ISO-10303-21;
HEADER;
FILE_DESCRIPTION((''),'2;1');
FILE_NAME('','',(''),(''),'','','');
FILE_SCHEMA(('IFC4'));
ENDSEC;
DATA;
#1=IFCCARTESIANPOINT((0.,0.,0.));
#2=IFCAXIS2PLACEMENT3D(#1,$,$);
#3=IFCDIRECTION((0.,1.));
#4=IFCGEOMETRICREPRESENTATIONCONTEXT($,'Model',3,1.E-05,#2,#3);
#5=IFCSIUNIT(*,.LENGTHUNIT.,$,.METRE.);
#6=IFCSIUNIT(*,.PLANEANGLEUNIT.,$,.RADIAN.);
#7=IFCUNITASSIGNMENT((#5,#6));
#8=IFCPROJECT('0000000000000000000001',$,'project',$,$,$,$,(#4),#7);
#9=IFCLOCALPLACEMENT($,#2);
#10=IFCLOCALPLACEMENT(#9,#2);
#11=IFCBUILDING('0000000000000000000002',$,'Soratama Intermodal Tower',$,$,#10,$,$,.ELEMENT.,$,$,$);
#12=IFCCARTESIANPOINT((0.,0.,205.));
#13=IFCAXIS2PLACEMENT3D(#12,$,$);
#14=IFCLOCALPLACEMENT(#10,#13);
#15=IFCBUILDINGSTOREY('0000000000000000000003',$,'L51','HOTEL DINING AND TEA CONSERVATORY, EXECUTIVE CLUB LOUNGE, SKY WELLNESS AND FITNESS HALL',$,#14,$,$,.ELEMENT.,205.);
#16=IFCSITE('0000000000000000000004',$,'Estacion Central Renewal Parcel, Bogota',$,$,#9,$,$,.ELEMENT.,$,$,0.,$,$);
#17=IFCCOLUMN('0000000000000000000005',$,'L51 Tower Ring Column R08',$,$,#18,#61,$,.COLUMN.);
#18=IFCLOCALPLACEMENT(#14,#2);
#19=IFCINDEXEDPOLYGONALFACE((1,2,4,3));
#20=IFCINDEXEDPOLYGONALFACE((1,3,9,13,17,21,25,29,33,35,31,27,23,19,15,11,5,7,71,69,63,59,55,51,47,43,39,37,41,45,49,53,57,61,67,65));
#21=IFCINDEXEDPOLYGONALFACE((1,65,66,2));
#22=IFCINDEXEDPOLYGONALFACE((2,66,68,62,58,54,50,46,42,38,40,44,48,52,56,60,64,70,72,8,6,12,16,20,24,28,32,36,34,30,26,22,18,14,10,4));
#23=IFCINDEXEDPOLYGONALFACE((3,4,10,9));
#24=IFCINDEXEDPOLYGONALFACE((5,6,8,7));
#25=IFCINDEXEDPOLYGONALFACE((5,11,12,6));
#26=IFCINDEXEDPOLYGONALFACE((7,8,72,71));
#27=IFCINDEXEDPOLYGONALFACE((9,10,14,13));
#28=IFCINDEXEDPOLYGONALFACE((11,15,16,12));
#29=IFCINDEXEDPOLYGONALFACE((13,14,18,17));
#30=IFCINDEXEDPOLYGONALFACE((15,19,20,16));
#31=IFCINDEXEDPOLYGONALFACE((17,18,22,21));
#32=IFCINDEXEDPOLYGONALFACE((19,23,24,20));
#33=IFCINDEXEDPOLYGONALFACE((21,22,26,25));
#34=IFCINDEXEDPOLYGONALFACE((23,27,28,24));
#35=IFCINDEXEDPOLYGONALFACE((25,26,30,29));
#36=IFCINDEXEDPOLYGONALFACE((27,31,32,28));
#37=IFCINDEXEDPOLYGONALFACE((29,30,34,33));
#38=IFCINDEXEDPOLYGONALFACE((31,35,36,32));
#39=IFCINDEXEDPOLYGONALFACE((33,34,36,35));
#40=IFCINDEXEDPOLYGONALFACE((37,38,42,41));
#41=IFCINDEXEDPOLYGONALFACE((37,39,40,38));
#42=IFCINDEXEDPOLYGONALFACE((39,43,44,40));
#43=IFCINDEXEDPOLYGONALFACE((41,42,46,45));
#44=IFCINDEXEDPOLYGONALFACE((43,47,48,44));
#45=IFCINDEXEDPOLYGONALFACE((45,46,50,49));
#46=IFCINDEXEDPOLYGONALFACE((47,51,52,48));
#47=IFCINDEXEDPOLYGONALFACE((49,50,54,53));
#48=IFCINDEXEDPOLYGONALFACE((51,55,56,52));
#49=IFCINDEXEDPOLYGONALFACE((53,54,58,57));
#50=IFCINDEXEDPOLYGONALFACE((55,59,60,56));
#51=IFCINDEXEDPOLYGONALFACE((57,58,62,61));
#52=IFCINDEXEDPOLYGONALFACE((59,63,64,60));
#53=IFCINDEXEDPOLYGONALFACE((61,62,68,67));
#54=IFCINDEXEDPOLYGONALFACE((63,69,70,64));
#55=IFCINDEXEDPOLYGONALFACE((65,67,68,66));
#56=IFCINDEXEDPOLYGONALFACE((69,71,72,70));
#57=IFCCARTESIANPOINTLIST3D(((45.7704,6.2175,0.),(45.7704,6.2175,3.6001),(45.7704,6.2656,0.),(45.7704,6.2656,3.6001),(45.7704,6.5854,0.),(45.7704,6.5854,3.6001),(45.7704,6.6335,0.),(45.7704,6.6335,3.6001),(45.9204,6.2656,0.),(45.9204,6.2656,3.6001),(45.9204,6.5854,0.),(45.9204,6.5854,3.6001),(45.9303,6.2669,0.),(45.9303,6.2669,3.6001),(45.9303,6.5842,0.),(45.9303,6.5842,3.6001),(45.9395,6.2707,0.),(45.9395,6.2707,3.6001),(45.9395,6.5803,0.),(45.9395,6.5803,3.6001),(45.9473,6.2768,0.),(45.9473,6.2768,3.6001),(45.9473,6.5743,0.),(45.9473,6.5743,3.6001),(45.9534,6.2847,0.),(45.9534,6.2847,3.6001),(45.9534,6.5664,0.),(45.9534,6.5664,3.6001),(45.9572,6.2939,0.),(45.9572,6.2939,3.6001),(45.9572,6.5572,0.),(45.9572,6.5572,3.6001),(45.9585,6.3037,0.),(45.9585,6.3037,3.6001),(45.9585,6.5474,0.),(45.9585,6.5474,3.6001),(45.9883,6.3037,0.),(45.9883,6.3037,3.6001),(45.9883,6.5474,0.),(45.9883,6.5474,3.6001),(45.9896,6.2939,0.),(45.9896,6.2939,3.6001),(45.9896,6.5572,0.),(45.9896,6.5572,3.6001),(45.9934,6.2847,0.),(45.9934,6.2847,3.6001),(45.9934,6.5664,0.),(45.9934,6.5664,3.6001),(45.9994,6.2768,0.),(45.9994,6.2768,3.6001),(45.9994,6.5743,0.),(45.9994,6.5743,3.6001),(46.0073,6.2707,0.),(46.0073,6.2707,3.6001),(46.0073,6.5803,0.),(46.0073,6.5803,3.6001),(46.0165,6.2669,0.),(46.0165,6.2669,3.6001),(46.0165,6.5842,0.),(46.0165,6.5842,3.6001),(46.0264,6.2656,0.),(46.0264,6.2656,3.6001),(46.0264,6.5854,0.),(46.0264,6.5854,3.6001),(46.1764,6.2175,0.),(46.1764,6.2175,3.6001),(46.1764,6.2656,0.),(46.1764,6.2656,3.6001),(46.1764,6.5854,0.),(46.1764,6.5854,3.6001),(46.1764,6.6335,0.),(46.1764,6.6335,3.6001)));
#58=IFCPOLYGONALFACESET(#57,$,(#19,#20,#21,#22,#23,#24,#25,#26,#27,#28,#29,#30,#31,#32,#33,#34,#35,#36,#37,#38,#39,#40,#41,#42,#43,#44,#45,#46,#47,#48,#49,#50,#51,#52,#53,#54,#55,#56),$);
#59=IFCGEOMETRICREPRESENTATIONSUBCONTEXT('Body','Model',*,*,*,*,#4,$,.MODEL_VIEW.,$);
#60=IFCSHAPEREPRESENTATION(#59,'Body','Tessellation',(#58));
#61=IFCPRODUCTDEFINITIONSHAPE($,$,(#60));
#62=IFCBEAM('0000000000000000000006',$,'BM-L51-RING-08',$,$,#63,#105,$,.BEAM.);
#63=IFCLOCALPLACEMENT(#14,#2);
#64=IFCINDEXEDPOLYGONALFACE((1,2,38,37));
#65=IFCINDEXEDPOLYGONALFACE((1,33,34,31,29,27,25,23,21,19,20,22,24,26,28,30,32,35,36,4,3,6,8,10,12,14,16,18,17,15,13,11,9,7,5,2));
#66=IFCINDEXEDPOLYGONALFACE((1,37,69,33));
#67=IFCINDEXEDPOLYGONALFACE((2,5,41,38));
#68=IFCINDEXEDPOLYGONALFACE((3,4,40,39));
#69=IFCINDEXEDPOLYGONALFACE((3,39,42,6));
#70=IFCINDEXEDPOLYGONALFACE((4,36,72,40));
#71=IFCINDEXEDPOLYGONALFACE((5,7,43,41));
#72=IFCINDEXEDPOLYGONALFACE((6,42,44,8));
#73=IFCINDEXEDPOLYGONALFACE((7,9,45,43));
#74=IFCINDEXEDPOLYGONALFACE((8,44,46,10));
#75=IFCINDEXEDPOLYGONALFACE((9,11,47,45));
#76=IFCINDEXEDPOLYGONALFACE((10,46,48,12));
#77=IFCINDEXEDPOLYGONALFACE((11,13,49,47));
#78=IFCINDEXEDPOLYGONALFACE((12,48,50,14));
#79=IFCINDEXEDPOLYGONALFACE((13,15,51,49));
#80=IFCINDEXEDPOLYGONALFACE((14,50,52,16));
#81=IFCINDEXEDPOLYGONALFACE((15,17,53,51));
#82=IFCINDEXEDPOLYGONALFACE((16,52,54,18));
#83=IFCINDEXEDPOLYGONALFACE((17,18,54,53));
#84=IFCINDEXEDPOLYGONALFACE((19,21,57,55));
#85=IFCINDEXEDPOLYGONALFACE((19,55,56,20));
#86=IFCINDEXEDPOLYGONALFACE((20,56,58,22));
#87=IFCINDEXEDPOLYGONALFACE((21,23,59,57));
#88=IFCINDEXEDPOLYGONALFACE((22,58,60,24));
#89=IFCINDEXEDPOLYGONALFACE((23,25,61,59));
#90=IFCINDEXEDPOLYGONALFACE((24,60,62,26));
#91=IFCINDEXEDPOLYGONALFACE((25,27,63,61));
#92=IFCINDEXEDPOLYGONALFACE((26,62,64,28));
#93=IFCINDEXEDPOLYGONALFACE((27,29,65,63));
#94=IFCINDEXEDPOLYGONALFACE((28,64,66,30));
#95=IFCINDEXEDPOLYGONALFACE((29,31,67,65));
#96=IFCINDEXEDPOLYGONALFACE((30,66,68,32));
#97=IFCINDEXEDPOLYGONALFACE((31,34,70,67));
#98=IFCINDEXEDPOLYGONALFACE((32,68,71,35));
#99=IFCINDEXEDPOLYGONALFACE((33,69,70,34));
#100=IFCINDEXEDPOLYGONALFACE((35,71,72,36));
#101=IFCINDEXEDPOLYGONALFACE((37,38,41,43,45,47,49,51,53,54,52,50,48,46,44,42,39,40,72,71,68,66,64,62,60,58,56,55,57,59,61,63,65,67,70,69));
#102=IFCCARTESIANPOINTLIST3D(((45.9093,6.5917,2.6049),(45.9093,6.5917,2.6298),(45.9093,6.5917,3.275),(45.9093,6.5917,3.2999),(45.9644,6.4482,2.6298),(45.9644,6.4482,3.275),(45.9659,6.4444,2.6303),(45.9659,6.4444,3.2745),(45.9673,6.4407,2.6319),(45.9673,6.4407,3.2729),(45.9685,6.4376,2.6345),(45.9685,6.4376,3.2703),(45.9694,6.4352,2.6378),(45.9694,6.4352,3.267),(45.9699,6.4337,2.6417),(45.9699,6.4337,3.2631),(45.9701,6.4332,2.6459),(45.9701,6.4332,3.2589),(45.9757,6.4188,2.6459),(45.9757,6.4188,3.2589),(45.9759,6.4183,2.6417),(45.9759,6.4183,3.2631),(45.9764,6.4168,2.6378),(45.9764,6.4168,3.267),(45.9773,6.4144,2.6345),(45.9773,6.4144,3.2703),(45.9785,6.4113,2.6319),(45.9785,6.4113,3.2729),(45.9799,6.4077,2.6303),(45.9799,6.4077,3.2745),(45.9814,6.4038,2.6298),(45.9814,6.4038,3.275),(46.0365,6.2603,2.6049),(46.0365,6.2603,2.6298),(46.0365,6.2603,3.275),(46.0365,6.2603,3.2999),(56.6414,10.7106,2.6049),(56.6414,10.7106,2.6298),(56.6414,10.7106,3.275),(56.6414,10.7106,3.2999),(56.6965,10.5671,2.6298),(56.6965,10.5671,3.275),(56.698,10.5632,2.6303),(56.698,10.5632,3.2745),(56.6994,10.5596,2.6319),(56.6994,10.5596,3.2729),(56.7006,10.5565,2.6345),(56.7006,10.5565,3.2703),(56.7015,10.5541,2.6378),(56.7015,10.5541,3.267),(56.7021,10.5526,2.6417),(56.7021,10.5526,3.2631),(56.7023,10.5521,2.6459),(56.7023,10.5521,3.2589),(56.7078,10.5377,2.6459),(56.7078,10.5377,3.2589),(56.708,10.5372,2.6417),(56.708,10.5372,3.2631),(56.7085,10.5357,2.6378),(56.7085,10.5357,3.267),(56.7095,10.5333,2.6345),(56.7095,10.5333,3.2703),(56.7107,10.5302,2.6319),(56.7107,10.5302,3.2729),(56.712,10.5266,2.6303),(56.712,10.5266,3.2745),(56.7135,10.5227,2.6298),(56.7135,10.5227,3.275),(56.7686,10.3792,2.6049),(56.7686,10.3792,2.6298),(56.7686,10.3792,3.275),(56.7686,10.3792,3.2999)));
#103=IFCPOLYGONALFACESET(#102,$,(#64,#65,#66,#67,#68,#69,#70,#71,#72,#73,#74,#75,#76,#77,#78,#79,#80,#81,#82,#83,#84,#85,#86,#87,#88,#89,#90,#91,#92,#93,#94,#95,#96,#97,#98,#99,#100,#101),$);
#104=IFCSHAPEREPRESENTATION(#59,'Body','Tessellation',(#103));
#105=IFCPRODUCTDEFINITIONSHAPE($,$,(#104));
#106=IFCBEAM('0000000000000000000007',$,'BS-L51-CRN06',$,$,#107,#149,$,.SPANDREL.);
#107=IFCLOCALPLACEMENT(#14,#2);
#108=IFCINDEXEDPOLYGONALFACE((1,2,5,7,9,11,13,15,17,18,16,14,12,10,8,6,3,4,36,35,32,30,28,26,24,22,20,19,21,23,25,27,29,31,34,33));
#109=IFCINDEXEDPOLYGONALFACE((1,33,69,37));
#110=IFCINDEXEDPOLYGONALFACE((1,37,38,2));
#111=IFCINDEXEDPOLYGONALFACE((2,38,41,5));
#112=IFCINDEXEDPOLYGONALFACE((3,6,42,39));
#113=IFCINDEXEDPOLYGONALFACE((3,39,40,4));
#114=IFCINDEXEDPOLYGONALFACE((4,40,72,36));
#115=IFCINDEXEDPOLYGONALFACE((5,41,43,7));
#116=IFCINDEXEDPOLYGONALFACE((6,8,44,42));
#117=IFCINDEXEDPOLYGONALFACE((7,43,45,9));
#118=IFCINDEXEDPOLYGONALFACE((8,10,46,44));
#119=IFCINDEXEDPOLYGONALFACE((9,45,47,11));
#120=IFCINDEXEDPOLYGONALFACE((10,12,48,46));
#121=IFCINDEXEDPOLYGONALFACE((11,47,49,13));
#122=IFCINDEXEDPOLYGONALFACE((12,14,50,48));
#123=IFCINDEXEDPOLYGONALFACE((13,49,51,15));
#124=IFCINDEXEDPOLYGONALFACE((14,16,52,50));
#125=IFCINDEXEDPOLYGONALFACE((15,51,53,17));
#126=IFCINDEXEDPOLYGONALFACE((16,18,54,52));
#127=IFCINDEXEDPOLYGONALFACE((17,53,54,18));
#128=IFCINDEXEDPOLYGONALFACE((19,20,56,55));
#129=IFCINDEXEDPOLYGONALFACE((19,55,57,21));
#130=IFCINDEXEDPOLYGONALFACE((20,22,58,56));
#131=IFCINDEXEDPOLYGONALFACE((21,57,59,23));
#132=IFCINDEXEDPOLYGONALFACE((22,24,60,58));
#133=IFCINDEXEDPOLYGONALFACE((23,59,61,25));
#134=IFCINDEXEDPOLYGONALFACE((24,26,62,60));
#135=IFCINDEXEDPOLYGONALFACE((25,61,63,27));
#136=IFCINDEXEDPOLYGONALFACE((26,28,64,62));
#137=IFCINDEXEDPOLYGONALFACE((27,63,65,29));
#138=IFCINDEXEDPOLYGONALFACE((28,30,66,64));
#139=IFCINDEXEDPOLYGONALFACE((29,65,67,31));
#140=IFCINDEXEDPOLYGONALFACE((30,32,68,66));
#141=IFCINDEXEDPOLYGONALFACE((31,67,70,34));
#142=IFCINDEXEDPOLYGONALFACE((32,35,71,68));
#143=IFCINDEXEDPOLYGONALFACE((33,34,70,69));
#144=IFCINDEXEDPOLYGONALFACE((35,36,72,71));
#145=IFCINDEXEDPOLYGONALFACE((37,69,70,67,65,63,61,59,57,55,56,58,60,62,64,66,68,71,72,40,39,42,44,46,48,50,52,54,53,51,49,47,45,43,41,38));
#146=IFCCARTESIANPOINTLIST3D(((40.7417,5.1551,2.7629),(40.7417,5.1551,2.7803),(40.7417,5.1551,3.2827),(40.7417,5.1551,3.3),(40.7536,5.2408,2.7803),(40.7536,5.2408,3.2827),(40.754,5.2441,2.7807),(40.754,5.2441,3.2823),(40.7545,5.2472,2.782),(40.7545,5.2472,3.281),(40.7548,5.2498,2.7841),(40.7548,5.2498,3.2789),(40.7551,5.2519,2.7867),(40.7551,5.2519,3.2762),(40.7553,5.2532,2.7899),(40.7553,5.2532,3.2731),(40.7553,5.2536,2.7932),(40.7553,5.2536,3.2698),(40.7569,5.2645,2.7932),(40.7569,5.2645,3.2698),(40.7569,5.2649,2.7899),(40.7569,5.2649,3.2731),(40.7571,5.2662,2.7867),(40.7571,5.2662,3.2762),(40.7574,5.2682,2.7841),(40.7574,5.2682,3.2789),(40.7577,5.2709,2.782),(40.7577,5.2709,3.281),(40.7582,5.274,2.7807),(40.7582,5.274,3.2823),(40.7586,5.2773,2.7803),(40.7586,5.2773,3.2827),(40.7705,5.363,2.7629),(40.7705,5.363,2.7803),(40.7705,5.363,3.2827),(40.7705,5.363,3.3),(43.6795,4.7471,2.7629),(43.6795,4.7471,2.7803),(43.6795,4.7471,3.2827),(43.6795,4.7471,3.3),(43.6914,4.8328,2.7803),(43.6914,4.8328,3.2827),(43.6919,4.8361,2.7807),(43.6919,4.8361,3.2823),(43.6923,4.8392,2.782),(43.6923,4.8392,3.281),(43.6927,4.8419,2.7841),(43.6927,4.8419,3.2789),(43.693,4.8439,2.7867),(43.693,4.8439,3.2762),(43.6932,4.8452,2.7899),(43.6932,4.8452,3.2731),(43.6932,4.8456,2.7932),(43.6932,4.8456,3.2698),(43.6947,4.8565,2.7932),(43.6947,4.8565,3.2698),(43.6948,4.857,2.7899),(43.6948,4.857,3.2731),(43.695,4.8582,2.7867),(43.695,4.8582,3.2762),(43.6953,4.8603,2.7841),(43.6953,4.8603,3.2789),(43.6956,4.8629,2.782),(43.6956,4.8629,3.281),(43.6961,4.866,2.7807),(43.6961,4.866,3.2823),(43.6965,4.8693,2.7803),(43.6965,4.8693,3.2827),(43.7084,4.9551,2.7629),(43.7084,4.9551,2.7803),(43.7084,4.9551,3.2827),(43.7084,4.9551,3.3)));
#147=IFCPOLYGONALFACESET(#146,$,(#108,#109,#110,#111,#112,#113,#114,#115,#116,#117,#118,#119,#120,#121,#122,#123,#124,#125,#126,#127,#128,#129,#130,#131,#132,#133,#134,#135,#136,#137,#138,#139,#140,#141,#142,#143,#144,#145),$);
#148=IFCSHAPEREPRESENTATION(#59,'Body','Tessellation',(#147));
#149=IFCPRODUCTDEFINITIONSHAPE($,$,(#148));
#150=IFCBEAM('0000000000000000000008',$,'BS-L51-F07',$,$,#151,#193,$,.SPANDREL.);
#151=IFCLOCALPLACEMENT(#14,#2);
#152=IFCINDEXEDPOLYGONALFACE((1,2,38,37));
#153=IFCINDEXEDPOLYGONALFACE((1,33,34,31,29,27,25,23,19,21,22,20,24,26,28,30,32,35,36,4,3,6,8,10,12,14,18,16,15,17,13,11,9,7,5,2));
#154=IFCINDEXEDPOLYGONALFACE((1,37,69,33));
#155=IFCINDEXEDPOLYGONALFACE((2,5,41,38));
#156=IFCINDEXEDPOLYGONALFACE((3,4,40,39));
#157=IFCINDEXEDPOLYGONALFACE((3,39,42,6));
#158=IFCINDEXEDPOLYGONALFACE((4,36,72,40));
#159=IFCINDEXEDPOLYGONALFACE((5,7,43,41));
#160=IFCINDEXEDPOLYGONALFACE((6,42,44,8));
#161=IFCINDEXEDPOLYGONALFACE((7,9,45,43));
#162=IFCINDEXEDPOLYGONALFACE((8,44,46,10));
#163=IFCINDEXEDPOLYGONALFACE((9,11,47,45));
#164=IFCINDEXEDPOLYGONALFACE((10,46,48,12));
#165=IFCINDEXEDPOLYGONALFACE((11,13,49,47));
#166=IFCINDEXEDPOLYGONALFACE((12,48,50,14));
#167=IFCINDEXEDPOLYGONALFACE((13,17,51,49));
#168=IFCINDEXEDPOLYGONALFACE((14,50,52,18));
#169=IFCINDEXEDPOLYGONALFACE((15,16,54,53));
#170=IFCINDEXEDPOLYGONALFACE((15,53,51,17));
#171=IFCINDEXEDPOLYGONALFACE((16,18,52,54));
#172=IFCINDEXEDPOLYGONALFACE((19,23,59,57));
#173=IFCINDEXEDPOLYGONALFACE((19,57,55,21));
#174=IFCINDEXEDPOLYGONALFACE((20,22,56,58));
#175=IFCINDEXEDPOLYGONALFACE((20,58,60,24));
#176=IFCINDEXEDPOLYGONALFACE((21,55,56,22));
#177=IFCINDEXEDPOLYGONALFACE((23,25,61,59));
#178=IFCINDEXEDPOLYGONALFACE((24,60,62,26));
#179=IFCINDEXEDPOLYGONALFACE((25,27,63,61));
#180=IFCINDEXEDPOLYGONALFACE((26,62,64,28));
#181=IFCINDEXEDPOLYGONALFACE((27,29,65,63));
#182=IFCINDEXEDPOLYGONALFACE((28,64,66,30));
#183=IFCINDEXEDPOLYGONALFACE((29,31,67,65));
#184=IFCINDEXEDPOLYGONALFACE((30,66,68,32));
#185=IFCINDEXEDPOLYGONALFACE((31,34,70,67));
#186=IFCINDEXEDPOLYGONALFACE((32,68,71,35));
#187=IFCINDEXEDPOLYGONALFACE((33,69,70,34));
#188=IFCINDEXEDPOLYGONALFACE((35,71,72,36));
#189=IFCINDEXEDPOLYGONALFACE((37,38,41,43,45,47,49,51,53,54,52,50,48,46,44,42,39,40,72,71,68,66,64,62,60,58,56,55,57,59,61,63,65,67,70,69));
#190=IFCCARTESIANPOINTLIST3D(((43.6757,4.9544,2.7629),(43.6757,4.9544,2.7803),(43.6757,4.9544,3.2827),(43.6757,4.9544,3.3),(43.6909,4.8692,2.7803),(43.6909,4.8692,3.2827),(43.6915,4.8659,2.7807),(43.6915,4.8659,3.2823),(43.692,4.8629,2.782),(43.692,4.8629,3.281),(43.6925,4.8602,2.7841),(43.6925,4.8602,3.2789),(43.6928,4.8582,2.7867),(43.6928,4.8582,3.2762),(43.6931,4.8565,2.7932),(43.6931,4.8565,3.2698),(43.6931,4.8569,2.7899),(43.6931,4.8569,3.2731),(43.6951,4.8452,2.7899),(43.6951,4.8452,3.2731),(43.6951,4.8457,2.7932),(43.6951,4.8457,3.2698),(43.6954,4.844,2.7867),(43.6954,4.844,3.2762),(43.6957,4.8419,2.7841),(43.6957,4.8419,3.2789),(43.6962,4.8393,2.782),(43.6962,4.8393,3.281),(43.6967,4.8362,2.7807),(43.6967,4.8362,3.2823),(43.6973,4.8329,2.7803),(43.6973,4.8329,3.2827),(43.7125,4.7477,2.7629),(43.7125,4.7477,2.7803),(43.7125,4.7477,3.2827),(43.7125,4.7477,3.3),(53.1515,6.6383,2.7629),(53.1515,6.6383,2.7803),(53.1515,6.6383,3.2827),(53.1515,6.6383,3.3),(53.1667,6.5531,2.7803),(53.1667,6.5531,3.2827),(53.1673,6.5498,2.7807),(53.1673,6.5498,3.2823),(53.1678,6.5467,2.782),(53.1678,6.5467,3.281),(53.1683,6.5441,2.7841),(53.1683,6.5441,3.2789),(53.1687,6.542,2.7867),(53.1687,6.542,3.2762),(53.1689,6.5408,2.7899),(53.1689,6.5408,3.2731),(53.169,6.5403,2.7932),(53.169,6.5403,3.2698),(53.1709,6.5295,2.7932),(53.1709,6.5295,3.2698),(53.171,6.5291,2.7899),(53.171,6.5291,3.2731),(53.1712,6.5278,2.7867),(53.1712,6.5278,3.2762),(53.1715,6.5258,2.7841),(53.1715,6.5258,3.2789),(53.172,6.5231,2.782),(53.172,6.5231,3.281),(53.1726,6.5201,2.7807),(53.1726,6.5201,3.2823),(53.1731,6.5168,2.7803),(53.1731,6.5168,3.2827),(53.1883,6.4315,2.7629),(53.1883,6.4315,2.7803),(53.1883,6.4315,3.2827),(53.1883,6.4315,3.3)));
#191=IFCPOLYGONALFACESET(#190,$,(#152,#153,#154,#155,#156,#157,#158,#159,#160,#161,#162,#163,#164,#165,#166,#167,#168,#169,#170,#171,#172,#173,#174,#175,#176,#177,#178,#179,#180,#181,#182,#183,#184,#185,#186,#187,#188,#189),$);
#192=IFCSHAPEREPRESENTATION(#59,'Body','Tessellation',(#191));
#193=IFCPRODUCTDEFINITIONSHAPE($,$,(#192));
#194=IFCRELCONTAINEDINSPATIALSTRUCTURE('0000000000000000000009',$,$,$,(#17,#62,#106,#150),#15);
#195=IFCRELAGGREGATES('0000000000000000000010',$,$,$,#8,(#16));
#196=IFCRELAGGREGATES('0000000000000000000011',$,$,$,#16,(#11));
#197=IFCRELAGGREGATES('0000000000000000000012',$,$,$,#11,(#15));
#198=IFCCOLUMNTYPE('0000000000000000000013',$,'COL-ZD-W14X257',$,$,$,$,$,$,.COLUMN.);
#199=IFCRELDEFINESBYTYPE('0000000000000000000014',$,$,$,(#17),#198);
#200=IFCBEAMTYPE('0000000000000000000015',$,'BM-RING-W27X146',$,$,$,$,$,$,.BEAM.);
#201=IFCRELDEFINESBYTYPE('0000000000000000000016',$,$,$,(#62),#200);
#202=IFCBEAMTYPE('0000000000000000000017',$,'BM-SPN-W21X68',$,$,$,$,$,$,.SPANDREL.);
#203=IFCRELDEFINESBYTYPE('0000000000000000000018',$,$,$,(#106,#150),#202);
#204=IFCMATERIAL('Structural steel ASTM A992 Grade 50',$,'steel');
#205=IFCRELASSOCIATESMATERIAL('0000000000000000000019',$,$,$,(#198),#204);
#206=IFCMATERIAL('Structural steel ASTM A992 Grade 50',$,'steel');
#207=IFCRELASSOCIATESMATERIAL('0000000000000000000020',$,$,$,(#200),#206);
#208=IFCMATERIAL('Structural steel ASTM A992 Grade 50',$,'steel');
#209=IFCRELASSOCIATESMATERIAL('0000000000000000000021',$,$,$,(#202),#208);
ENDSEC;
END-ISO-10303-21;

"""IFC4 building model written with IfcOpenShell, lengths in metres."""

from ifc_helpers import new_model, si_unit, direction, frame, origin, origin_2d, place, context, subcontext, project, spatial, i_section, extrude, material, material_profile, profile_set, type_object, element, save


model = new_model("IFC4")

# Units and contexts
model_context = context("Model", 3, precision=1e-05, world=origin(), true_north=direction((0.0, 1.0)))
body_context = subcontext(model_context, "Body", "Model", "MODEL_VIEW")
ifc_project = project(units=[si_unit("LENGTHUNIT", "METRE"), si_unit("PLANEANGLEUNIT", "RADIAN")], contexts=[model_context])

# Site, building, storey
site_placement = place(None, origin())
site = spatial("IfcSite", under=ifc_project, at=site_placement, Name="Estacion Central Renewal Parcel, Bogota", CompositionType="ELEMENT", RefElevation=0.0)
building_placement = place(site_placement, origin())
building = spatial("IfcBuilding", under=site, at=building_placement, Name="Soratama Intermodal Tower", CompositionType="ELEMENT")
storey_placement = place(building_placement, frame((0.0, 0.0, 205.0)))
storey = spatial("IfcBuildingStorey", under=building, at=storey_placement, Name="L51", Description="HOTEL DINING AND TEA CONSERVATORY, EXECUTIVE CLUB LOUNGE, SKY WELLNESS AND FITNESS HALL", CompositionType="ELEMENT", Elevation=205.0)

# Column
ifc_material_1 = material(Name="Structural steel ASTM A992 Grade 50", Category="steel")
ifc_material_profile_1 = material_profile(ifc_material_1, i_section(OverallWidth=0.406, OverallDepth=0.416, WebThickness=0.0298, FlangeThickness=0.0481, FilletRadius=0.0381, at=origin_2d()), Name="W14X257")
ifc_profile_set_1 = profile_set([ifc_material_profile_1], Name="Structural steel ASTM A992 Grade 50")
column_type = type_object("IfcColumnType", Name="COL-ZD-W14X257", PredefinedType="COLUMN", material=ifc_profile_set_1)
column_placement = place(storey_placement, frame((45.9734, 6.4255, 0.0), z_axis=(0.0, 0.0, 1.0), x_axis=(1.0, 0.0, 0.0)))
element("IfcColumn", 1, at=column_placement, inside=storey, type_object=column_type, Name="L51 Tower Ring Column R08", PredefinedType="COLUMN", context=body_context, shape_type="SweptSolid", body=[
    extrude(i_section(OverallWidth=0.406, OverallDepth=0.416, WebThickness=0.0298, FlangeThickness=0.0481, FilletRadius=0.0381, at=origin_2d()), origin(), (0.0, 0.0, 1.0), 3.6001),
])

# Beams
ifc_material_2 = material(Name="Structural steel ASTM A992 Grade 50", Category="steel")
ifc_material_profile_2 = material_profile(ifc_material_2, i_section(OverallWidth=0.355, OverallDepth=0.6951, WebThickness=0.0154, FlangeThickness=0.0249, FilletRadius=0.0161, at=origin_2d()), Name="W27X146")
ifc_profile_set_2 = profile_set([ifc_material_profile_2], Name="Structural steel ASTM A992 Grade 50")
beam_type_1 = type_object("IfcBeamType", Name="BM-RING-W27X146", PredefinedType="BEAM", material=ifc_profile_set_2)
beam_1_placement = place(storey_placement, frame((45.9729, 6.426, 2.9524), z_axis=(0.933604, 0.358307, 0.0), x_axis=(-0.358307, 0.933604, 0.0)))
element("IfcBeam", 2, at=beam_1_placement, inside=storey, type_object=beam_type_1, Name="BM-L51-RING-08", PredefinedType="BEAM", context=body_context, shape_type="SweptSolid", body=[
    extrude(i_section(OverallWidth=0.355, OverallDepth=0.6951, WebThickness=0.0154, FlangeThickness=0.0249, FilletRadius=0.0161, at=origin_2d()), origin(), (0.0, 0.0, 1.0), 11.4954),
])
ifc_material_3 = material(Name="Structural steel ASTM A992 Grade 50", Category="steel")
ifc_material_profile_3 = material_profile(ifc_material_3, i_section(OverallWidth=0.21, OverallDepth=0.5371, WebThickness=0.011, FlangeThickness=0.0173, FilletRadius=0.0129, at=origin_2d()), Name="W21X68")
ifc_profile_set_3 = profile_set([ifc_material_profile_3], Name="Structural steel ASTM A992 Grade 50")
beam_type_2 = type_object("IfcBeamType", Name="BM-SPN-W21X68", PredefinedType="SPANDREL", material=ifc_profile_set_3)
beam_2_placement = place(storey_placement, frame((40.7561, 5.259, 3.0315), z_axis=(0.990497, -0.137537, 0.0), x_axis=(0.137537, 0.990497, 0.0)))
element("IfcBeam", 3, at=beam_2_placement, inside=storey, type_object=beam_type_2, Name="BS-L51-CRN06", PredefinedType="SPANDREL", context=body_context, shape_type="SweptSolid", body=[
    extrude(i_section(OverallWidth=0.21, OverallDepth=0.5371, WebThickness=0.011, FlangeThickness=0.0173, FilletRadius=0.0129, at=origin_2d()), origin(), (0.0, 0.0, 1.0), 2.9661),
])
beam_3_placement = place(storey_placement, frame((43.6941, 4.8511, 3.0315), z_axis=(0.984576, 0.174957, 0.0), x_axis=(-0.174957, 0.984576, 0.0)))
element("IfcBeam", 4, at=beam_3_placement, inside=storey, type_object=beam_type_2, Name="BS-L51-F07", PredefinedType="SPANDREL", context=body_context, shape_type="SweptSolid", body=[
    extrude(i_section(OverallWidth=0.21, OverallDepth=0.5371, WebThickness=0.011, FlangeThickness=0.0173, FilletRadius=0.0129, at=origin_2d()), origin(), (0.0, 0.0, 1.0), 9.6243),
])

save(model, "model.ifc")
